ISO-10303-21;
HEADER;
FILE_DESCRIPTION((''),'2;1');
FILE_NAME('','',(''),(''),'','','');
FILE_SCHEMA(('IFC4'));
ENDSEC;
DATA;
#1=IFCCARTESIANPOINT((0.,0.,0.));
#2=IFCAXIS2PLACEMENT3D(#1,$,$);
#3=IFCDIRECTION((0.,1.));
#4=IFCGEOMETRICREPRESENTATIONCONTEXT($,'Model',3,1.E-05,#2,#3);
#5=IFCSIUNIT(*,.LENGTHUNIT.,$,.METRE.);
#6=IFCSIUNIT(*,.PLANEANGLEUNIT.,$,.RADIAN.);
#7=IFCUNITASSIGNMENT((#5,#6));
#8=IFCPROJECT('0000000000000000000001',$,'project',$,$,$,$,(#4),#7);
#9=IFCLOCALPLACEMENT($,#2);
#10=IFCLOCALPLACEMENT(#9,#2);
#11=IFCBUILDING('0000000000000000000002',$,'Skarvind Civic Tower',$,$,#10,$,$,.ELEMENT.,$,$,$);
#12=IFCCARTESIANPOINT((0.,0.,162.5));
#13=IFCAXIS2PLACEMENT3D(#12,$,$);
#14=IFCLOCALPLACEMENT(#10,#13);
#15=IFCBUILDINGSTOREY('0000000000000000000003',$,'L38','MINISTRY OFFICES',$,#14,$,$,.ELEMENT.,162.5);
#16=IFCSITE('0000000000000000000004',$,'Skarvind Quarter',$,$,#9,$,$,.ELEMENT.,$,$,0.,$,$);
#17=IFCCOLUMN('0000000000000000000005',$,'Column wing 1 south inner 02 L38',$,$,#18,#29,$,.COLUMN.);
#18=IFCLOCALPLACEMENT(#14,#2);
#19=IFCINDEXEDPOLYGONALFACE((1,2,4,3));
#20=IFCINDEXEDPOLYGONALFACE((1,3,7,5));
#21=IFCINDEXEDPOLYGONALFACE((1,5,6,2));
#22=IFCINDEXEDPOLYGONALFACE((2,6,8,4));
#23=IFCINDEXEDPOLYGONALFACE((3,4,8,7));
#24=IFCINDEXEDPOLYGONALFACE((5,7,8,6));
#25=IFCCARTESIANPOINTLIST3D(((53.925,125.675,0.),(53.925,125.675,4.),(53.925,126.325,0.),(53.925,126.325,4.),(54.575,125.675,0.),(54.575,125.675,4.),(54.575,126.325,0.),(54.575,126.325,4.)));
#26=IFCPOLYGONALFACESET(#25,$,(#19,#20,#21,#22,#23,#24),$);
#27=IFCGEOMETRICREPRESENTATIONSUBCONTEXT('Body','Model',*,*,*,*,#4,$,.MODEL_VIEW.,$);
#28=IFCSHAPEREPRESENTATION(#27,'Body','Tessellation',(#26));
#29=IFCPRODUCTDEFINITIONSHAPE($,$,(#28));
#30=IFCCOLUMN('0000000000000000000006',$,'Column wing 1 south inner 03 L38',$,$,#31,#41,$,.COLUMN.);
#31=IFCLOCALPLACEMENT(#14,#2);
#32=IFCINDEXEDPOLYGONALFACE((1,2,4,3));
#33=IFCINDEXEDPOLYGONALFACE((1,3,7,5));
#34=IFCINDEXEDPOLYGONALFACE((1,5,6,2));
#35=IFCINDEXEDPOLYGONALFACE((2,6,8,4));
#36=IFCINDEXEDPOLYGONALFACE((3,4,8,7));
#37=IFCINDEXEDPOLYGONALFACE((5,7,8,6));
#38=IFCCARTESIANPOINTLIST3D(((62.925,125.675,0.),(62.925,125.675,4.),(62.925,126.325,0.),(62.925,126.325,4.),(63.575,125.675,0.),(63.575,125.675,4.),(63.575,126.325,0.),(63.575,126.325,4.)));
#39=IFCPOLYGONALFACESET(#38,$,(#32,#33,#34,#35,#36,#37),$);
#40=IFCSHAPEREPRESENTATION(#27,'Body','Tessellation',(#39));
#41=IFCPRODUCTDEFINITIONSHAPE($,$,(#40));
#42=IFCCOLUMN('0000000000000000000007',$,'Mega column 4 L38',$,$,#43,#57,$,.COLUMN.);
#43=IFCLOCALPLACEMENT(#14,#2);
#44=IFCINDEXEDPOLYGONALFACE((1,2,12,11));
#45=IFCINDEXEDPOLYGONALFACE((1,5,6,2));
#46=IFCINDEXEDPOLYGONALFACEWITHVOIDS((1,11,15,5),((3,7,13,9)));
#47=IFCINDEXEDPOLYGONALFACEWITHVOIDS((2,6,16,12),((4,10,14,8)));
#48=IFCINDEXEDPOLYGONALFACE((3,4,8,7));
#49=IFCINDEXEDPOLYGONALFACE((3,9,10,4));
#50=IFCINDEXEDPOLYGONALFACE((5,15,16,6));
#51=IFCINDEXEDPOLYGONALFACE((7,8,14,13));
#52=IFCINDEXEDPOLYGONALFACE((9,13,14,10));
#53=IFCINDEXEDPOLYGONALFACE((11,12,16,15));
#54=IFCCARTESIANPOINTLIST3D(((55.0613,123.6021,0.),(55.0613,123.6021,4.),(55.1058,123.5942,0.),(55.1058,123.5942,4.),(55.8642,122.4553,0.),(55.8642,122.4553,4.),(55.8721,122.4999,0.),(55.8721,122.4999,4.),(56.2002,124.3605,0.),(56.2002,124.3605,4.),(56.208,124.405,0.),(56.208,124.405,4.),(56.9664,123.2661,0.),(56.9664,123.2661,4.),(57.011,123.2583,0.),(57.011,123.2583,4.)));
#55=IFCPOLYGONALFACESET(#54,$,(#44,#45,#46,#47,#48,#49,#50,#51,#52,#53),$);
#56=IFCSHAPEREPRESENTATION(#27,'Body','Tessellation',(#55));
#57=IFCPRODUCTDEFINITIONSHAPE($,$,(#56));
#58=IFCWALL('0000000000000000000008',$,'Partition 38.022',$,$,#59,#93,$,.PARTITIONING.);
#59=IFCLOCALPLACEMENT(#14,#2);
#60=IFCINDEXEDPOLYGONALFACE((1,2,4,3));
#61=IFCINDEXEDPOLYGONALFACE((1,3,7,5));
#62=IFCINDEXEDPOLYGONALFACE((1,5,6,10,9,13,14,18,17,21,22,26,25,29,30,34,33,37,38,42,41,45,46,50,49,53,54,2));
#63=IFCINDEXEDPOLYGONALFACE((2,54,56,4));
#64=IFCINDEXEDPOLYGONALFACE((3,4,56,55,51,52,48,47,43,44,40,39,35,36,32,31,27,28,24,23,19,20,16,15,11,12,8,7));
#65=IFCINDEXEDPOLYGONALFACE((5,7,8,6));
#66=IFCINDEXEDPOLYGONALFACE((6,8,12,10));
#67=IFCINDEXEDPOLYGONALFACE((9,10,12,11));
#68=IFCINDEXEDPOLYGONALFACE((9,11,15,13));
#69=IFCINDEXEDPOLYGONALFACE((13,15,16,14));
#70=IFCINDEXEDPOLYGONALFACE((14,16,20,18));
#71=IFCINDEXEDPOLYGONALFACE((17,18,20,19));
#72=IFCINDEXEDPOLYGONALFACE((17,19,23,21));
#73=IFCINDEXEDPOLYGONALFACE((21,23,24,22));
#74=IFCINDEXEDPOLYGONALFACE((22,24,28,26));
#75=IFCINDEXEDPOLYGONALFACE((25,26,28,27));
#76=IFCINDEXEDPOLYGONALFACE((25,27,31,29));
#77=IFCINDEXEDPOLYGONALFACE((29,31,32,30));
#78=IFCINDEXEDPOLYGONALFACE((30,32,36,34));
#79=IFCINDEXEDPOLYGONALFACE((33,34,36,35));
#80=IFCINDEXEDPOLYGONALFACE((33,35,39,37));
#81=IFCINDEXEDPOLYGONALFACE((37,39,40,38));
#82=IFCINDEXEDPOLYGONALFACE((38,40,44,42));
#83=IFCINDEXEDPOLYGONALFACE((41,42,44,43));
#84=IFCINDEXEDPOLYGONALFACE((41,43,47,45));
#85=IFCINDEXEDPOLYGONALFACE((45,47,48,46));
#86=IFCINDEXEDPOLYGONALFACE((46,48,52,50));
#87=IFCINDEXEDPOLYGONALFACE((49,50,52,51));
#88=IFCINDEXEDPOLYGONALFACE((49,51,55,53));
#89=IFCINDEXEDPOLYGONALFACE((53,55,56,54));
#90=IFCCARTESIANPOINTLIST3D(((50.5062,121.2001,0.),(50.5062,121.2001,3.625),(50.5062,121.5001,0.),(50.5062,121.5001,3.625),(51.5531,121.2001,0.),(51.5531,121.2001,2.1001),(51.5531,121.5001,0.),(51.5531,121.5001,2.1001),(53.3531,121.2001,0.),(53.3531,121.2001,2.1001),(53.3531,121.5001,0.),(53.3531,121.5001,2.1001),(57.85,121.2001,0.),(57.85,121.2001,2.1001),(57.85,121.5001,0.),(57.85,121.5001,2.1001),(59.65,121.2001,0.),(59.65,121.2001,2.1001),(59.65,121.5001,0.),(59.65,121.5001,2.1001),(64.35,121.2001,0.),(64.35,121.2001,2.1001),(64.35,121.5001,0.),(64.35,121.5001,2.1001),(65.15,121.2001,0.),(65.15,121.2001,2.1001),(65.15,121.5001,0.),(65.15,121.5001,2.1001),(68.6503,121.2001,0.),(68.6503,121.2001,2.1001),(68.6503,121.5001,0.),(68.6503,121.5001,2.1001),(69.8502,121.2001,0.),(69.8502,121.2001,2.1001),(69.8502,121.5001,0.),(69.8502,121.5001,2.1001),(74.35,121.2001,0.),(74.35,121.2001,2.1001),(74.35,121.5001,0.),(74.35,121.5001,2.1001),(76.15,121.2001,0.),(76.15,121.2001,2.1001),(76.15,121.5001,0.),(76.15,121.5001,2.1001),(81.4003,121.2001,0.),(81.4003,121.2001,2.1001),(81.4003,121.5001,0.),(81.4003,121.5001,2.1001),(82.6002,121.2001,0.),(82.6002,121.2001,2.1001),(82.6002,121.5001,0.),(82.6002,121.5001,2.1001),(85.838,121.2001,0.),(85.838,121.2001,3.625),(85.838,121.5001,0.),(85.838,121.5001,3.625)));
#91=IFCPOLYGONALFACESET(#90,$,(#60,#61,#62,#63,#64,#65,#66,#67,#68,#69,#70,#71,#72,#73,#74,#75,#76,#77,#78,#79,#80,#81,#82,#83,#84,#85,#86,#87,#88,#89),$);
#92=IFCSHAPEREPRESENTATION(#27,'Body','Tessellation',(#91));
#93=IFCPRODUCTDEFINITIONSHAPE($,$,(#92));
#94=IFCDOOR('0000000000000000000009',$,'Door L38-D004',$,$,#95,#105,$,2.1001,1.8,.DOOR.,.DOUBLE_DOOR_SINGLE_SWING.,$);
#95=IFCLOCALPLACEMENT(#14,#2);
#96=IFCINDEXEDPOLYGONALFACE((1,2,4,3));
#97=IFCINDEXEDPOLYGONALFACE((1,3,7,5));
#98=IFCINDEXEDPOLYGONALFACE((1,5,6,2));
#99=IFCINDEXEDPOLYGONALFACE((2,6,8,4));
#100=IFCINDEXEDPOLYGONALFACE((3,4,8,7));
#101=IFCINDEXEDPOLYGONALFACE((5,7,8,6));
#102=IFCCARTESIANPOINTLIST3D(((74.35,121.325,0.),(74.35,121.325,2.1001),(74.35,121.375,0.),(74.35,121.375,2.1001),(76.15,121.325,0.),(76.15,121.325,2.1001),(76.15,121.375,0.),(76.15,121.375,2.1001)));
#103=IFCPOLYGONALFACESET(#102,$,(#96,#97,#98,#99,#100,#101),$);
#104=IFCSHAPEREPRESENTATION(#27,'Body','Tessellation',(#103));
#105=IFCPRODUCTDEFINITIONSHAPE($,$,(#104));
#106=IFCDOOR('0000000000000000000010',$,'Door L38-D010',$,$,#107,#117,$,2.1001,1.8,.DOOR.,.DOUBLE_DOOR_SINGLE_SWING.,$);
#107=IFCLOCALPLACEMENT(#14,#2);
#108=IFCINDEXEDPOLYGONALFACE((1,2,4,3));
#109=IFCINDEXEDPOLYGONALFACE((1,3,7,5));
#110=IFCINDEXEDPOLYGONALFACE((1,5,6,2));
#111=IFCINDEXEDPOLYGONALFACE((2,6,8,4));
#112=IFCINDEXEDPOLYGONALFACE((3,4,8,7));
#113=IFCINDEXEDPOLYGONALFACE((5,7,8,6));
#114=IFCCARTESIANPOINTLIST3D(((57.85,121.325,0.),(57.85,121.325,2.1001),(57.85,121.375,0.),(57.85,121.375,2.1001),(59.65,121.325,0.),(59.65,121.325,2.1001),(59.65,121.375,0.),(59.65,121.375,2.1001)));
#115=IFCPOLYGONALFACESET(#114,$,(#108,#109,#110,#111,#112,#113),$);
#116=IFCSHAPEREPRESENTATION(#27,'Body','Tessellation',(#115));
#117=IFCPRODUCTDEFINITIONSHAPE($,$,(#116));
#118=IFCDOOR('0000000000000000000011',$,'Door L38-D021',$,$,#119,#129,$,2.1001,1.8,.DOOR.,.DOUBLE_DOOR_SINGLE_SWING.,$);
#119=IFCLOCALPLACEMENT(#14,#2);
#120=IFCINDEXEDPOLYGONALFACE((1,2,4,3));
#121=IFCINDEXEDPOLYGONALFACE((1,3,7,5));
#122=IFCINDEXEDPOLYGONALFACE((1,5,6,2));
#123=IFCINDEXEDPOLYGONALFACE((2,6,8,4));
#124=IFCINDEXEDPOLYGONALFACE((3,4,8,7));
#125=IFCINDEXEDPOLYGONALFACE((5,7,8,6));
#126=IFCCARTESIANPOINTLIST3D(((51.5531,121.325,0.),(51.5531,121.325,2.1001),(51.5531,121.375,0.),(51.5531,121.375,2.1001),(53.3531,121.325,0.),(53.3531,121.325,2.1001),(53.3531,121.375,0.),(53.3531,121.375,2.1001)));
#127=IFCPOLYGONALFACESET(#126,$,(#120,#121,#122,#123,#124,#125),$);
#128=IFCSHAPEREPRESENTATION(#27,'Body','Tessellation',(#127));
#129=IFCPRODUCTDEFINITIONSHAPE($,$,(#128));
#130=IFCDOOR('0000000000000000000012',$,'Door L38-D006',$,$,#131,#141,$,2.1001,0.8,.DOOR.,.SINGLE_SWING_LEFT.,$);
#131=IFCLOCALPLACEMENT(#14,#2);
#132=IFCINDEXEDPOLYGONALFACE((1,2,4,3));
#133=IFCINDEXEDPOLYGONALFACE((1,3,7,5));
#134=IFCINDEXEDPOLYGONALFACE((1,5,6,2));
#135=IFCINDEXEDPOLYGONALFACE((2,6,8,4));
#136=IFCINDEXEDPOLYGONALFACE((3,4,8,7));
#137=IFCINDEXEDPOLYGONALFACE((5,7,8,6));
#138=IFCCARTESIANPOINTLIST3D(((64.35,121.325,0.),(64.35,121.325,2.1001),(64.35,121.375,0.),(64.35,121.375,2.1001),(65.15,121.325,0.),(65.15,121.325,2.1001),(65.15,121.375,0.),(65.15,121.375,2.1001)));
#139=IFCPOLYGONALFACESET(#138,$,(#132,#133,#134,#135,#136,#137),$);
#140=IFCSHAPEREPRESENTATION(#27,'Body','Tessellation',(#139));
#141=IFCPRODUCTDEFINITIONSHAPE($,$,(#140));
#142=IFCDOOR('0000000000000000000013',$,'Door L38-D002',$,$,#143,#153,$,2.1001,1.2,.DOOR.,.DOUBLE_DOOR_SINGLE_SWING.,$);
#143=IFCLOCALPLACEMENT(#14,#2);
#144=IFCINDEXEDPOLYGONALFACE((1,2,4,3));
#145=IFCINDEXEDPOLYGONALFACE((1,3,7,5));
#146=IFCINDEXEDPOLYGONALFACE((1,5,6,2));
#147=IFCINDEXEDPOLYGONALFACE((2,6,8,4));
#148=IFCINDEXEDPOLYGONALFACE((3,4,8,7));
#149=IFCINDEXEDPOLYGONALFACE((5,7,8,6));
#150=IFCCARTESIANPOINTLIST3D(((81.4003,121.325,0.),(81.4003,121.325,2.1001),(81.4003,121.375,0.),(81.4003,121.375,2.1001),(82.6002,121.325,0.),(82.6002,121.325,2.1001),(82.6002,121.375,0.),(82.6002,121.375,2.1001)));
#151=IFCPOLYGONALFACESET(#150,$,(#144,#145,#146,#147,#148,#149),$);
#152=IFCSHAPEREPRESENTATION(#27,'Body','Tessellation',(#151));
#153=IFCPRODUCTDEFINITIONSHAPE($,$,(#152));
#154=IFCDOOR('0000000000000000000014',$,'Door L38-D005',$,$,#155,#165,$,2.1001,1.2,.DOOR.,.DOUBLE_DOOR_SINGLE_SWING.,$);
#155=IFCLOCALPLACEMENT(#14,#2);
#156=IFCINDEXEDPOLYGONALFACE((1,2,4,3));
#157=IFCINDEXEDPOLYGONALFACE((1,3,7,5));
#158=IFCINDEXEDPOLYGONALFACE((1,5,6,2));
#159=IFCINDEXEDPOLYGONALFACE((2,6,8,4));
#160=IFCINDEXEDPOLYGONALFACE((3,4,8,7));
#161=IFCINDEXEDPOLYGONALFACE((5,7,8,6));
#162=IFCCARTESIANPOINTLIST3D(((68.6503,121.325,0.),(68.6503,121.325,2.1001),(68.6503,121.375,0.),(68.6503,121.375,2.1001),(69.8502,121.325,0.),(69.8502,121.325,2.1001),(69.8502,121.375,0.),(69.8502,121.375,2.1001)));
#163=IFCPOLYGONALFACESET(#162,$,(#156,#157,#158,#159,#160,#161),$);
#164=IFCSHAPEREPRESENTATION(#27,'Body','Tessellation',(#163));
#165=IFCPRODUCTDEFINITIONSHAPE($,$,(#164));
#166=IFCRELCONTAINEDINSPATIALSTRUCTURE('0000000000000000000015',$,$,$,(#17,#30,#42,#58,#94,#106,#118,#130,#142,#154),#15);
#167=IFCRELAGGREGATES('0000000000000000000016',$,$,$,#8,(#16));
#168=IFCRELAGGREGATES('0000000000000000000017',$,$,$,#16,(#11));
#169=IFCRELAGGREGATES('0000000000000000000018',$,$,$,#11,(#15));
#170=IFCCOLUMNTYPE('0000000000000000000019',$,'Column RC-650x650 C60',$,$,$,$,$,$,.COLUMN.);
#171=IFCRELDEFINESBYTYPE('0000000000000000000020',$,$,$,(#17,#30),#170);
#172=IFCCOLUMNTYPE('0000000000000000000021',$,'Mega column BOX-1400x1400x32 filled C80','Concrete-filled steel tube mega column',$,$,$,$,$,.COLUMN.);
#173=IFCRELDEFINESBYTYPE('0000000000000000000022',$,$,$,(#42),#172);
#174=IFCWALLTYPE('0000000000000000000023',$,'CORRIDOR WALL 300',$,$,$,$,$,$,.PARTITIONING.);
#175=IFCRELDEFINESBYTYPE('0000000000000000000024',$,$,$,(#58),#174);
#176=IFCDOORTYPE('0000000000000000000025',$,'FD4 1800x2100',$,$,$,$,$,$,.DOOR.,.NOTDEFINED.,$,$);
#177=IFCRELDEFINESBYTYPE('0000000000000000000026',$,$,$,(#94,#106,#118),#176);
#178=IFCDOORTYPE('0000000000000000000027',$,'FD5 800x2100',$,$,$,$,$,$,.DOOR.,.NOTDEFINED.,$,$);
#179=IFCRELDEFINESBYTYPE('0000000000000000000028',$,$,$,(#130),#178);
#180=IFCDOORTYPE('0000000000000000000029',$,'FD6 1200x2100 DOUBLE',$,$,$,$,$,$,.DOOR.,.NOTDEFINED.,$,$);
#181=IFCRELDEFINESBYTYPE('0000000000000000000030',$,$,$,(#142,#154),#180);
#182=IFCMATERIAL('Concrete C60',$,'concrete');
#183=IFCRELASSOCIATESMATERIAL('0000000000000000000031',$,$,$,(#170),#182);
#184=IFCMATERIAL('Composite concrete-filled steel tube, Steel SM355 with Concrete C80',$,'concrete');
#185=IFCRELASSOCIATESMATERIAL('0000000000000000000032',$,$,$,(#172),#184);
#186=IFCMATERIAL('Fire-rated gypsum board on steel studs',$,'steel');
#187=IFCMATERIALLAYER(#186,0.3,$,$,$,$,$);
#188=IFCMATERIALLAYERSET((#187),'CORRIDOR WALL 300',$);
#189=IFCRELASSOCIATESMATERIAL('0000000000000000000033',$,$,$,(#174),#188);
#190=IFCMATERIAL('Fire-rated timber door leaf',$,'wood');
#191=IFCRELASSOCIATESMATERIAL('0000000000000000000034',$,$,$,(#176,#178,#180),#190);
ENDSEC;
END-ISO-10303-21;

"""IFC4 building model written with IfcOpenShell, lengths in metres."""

from ifc_helpers import new_model, si_unit, direction, frame, frame_2d, origin, origin_2d, place, context, subcontext, project, spatial, rectangle, hollow_rectangle, extrude, material, layer, layer_set, material_profile, profile_set, type_object, element, fill, save


model = new_model("IFC4")

# Units and contexts
model_context = context("Model", 3, precision=1e-05, world=origin(), true_north=direction((0.0, 1.0)))
body_context = subcontext(model_context, "Body", "Model", "MODEL_VIEW")
ifc_project = project(units=[si_unit("LENGTHUNIT", "METRE"), si_unit("PLANEANGLEUNIT", "RADIAN")], contexts=[model_context])

# Site, building, storey
site_placement = place(None, origin())
site = spatial("IfcSite", under=ifc_project, at=site_placement, Name="Skarvind Quarter", CompositionType="ELEMENT", RefElevation=0.0)
building_placement = place(site_placement, origin())
building = spatial("IfcBuilding", under=site, at=building_placement, Name="Skarvind Civic Tower", CompositionType="ELEMENT")
storey_placement = place(building_placement, frame((0.0, 0.0, 162.5)))
storey = spatial("IfcBuildingStorey", under=building, at=storey_placement, Name="L38", Description="MINISTRY OFFICES", CompositionType="ELEMENT", Elevation=162.5)

# Columns
ifc_material_1 = material(Name="Concrete C60", Category="concrete")
ifc_material_profile_1 = material_profile(ifc_material_1, rectangle(XDim=0.6499, YDim=0.6499, at=origin_2d()), Name="RC-650x650")
ifc_profile_set_1 = profile_set([ifc_material_profile_1], Name="Concrete C60")
column_type_1 = type_object("IfcColumnType", Name="Column RC-650x650 C60", PredefinedType="COLUMN", material=ifc_profile_set_1)
for number, where, z_axis, x_axis, name in (
    (1, (54.25, 126.0, 0.0), (0.0, 0.0, 1.0), (1.0, 0.0, 0.0), "Column wing 1 south inner 02 L38"),
    (2, (63.25, 126.0, 0.0), (0.0, 0.0, 1.0), (1.0, 0.0, 0.0), "Column wing 1 south inner 03 L38"),
):
    element("IfcColumn", number, at=place(storey_placement, frame(where, z_axis=z_axis, x_axis=x_axis)), inside=storey, type_object=column_type_1, Name=name, PredefinedType="COLUMN", context=body_context, shape_type="SweptSolid", body=[
        extrude(rectangle(XDim=0.6499, YDim=0.6499, at=origin_2d()), origin(), (0.0, 0.0, 1.0), 4.0),
    ])
ifc_material_2 = material(Name="Composite concrete-filled steel tube, Steel SM355 with Concrete C80", Category="concrete")
ifc_material_profile_2 = material_profile(ifc_material_2, hollow_rectangle(XDim=1.3999, YDim=1.3999, WallThickness=0.032, at=origin_2d()), Name="BOX-1400x1400x32")
ifc_profile_set_2 = profile_set([ifc_material_profile_2], Name="Composite concrete-filled steel tube, Steel SM355 with Concrete C80")
column_type_2 = type_object("IfcColumnType", Name="Mega column BOX-1400x1400x32 filled C80", Description="Concrete-filled steel tube mega column", PredefinedType="COLUMN", material=ifc_profile_set_2)
column_placement = place(storey_placement, frame((56.0361, 123.4302, 0.0), z_axis=(0.0, 0.0, 1.0), x_axis=(0.573576, -0.819152, 0.0)))
element("IfcColumn", 3, at=column_placement, inside=storey, type_object=column_type_2, Name="Mega column 4 L38", PredefinedType="COLUMN", context=body_context, shape_type="SweptSolid", body=[
    extrude(hollow_rectangle(XDim=1.3999, YDim=1.3999, WallThickness=0.032, at=origin_2d()), origin(), (0.0, 0.0, 1.0), 4.0),
])

# Wall, openings, doors
ifc_material_3 = material(Name="Fire-rated gypsum board on steel studs", Category="steel")
ifc_layer_1 = layer(ifc_material_3, 0.3)
ifc_layer_set_1 = layer_set([ifc_layer_1], Name="CORRIDOR WALL 300")
wall_type_1 = type_object("IfcWallType", Name="CORRIDOR WALL 300", PredefinedType="PARTITIONING", material=ifc_layer_set_1)
wall_1_placement = place(storey_placement, frame((50.5061, 121.3501, 0.0), z_axis=(0.0, 0.0, 1.0), x_axis=(1.0, 0.0, 0.0)))
wall_1 = element("IfcWall", 4, at=wall_1_placement, inside=storey, type_object=wall_type_1, Name="Partition 38.022", PredefinedType="PARTITIONING", context=body_context, shape_type="SweptSolid", body=[
    extrude(rectangle(XDim=35.3318, YDim=0.3, at=frame_2d((17.666, 0.0))), origin(), (0.0, 0.0, 1.0), 3.625),
])
opening_1_placement = place(wall_1_placement, frame((30.894, 0.0, 0.0)))
opening_1 = element("IfcOpeningElement", 5, at=opening_1_placement, cuts=wall_1, PredefinedType="OPENING", context=body_context, shape_type="SweptSolid", body=[
    extrude(rectangle(XDim=1.2, YDim=2.1001, at=frame_2d((0.6001, 1.05))), frame((0.0, 0.1599, 0.0), z_axis=(0.0, -1.0, 0.0), x_axis=(1.0, 0.0, 0.0)), (0.0, 0.0, 1.0), 0.3201),
])
opening_2_placement = place(wall_1_placement, frame((23.844, 0.0, 0.0)))
opening_2 = element("IfcOpeningElement", 6, at=opening_2_placement, cuts=wall_1, PredefinedType="OPENING", context=body_context, shape_type="SweptSolid", body=[
    extrude(rectangle(XDim=1.8, YDim=2.1001, at=frame_2d((0.8999, 1.05))), frame((0.0, 0.1599, 0.0), z_axis=(0.0, -1.0, 0.0), x_axis=(1.0, 0.0, 0.0)), (0.0, 0.0, 1.0), 0.3201),
])
opening_3_placement = place(wall_1_placement, frame((18.144, 0.0, 0.0)))
opening_3 = element("IfcOpeningElement", 7, at=opening_3_placement, cuts=wall_1, PredefinedType="OPENING", context=body_context, shape_type="SweptSolid", body=[
    extrude(rectangle(XDim=1.2, YDim=2.1001, at=frame_2d((0.6001, 1.05))), frame((0.0, 0.1599, 0.0), z_axis=(0.0, -1.0, 0.0), x_axis=(1.0, 0.0, 0.0)), (0.0, 0.0, 1.0), 0.3201),
])
opening_4_placement = place(wall_1_placement, frame((13.844, 0.0, 0.0)))
opening_4 = element("IfcOpeningElement", 8, at=opening_4_placement, cuts=wall_1, PredefinedType="OPENING", context=body_context, shape_type="SweptSolid", body=[
    extrude(rectangle(XDim=0.8, YDim=2.1001, at=frame_2d((0.3999, 1.05))), frame((0.0, 0.1599, 0.0), z_axis=(0.0, -1.0, 0.0), x_axis=(1.0, 0.0, 0.0)), (0.0, 0.0, 1.0), 0.3201),
])
opening_5_placement = place(wall_1_placement, frame((7.344, 0.0, 0.0)))
opening_5 = element("IfcOpeningElement", 9, at=opening_5_placement, cuts=wall_1, PredefinedType="OPENING", context=body_context, shape_type="SweptSolid", body=[
    extrude(rectangle(XDim=1.8, YDim=2.1001, at=frame_2d((0.8999, 1.05))), frame((0.0, 0.1599, 0.0), z_axis=(0.0, -1.0, 0.0), x_axis=(1.0, 0.0, 0.0)), (0.0, 0.0, 1.0), 0.3201),
])
opening_6_placement = place(wall_1_placement, frame((1.0471, 0.0, 0.0)))
opening_6 = element("IfcOpeningElement", 10, at=opening_6_placement, cuts=wall_1, PredefinedType="OPENING", context=body_context, shape_type="SweptSolid", body=[
    extrude(rectangle(XDim=1.8, YDim=2.1001, at=frame_2d((0.8999, 1.05))), frame((0.0, 0.1599, 0.0), z_axis=(0.0, -1.0, 0.0), x_axis=(1.0, 0.0, 0.0)), (0.0, 0.0, 1.0), 0.3201),
])
ifc_material_4 = material(Name="Fire-rated timber door leaf", Category="wood")
door_type_1 = type_object("IfcDoorType", Name="FD4 1800x2100", OperationType="NOTDEFINED", PredefinedType="DOOR", material=ifc_material_4)
door_1_placement = place(opening_2_placement, origin())
door_1 = element("IfcDoor", 11, at=door_1_placement, inside=storey, type_object=door_type_1, Name="Door L38-D004", OperationType="DOUBLE_DOOR_SINGLE_SWING", OverallHeight=2.1001, OverallWidth=1.8, PredefinedType="DOOR", context=body_context, shape_type="SweptSolid", body=[
    extrude(rectangle(XDim=1.8, YDim=2.1001, at=frame_2d((0.8999, 1.05))), frame((0.0, 0.0249, 0.0), z_axis=(0.0, -1.0, 0.0), x_axis=(1.0, 0.0, 0.0)), (0.0, 0.0, 1.0), 0.05),
])
fill(opening_2, door_1)
door_2_placement = place(opening_5_placement, origin())
door_2 = element("IfcDoor", 12, at=door_2_placement, inside=storey, type_object=door_type_1, Name="Door L38-D010", OperationType="DOUBLE_DOOR_SINGLE_SWING", OverallHeight=2.1001, OverallWidth=1.8, PredefinedType="DOOR", context=body_context, shape_type="SweptSolid", body=[
    extrude(rectangle(XDim=1.8, YDim=2.1001, at=frame_2d((0.8999, 1.05))), frame((0.0, 0.0249, 0.0), z_axis=(0.0, -1.0, 0.0), x_axis=(1.0, 0.0, 0.0)), (0.0, 0.0, 1.0), 0.05),
])
fill(opening_5, door_2)
door_3_placement = place(opening_6_placement, origin())
door_3 = element("IfcDoor", 13, at=door_3_placement, inside=storey, type_object=door_type_1, Name="Door L38-D021", OperationType="DOUBLE_DOOR_SINGLE_SWING", OverallHeight=2.1001, OverallWidth=1.8, PredefinedType="DOOR", context=body_context, shape_type="SweptSolid", body=[
    extrude(rectangle(XDim=1.8, YDim=2.1001, at=frame_2d((0.8999, 1.05))), frame((0.0, 0.0249, 0.0), z_axis=(0.0, -1.0, 0.0), x_axis=(1.0, 0.0, 0.0)), (0.0, 0.0, 1.0), 0.05),
])
fill(opening_6, door_3)
door_type_2 = type_object("IfcDoorType", Name="FD5 800x2100", OperationType="NOTDEFINED", PredefinedType="DOOR", material=ifc_material_4)
door_4_placement = place(opening_4_placement, origin())
door_4 = element("IfcDoor", 14, at=door_4_placement, inside=storey, type_object=door_type_2, Name="Door L38-D006", OperationType="SINGLE_SWING_LEFT", OverallHeight=2.1001, OverallWidth=0.8, PredefinedType="DOOR", context=body_context, shape_type="SweptSolid", body=[
    extrude(rectangle(XDim=0.8, YDim=2.1001, at=frame_2d((0.3999, 1.05))), frame((0.0, 0.0249, 0.0), z_axis=(0.0, -1.0, 0.0), x_axis=(1.0, 0.0, 0.0)), (0.0, 0.0, 1.0), 0.05),
])
fill(opening_4, door_4)
door_type_3 = type_object("IfcDoorType", Name="FD6 1200x2100 DOUBLE", OperationType="NOTDEFINED", PredefinedType="DOOR", material=ifc_material_4)
door_5_placement = place(opening_1_placement, origin())
door_5 = element("IfcDoor", 15, at=door_5_placement, inside=storey, type_object=door_type_3, Name="Door L38-D002", OperationType="DOUBLE_DOOR_SINGLE_SWING", OverallHeight=2.1001, OverallWidth=1.2, PredefinedType="DOOR", context=body_context, shape_type="SweptSolid", body=[
    extrude(rectangle(XDim=1.2, YDim=2.1001, at=frame_2d((0.6001, 1.05))), frame((0.0, 0.0249, 0.0), z_axis=(0.0, -1.0, 0.0), x_axis=(1.0, 0.0, 0.0)), (0.0, 0.0, 1.0), 0.05),
])
fill(opening_1, door_5)
door_6_placement = place(opening_3_placement, origin())
door_6 = element("IfcDoor", 16, at=door_6_placement, inside=storey, type_object=door_type_3, Name="Door L38-D005", OperationType="DOUBLE_DOOR_SINGLE_SWING", OverallHeight=2.1001, OverallWidth=1.2, PredefinedType="DOOR", context=body_context, shape_type="SweptSolid", body=[
    extrude(rectangle(XDim=1.2, YDim=2.1001, at=frame_2d((0.6001, 1.05))), frame((0.0, 0.0249, 0.0), z_axis=(0.0, -1.0, 0.0), x_axis=(1.0, 0.0, 0.0)), (0.0, 0.0, 1.0), 0.05),
])
fill(opening_3, door_6)

save(model, "model.ifc")
